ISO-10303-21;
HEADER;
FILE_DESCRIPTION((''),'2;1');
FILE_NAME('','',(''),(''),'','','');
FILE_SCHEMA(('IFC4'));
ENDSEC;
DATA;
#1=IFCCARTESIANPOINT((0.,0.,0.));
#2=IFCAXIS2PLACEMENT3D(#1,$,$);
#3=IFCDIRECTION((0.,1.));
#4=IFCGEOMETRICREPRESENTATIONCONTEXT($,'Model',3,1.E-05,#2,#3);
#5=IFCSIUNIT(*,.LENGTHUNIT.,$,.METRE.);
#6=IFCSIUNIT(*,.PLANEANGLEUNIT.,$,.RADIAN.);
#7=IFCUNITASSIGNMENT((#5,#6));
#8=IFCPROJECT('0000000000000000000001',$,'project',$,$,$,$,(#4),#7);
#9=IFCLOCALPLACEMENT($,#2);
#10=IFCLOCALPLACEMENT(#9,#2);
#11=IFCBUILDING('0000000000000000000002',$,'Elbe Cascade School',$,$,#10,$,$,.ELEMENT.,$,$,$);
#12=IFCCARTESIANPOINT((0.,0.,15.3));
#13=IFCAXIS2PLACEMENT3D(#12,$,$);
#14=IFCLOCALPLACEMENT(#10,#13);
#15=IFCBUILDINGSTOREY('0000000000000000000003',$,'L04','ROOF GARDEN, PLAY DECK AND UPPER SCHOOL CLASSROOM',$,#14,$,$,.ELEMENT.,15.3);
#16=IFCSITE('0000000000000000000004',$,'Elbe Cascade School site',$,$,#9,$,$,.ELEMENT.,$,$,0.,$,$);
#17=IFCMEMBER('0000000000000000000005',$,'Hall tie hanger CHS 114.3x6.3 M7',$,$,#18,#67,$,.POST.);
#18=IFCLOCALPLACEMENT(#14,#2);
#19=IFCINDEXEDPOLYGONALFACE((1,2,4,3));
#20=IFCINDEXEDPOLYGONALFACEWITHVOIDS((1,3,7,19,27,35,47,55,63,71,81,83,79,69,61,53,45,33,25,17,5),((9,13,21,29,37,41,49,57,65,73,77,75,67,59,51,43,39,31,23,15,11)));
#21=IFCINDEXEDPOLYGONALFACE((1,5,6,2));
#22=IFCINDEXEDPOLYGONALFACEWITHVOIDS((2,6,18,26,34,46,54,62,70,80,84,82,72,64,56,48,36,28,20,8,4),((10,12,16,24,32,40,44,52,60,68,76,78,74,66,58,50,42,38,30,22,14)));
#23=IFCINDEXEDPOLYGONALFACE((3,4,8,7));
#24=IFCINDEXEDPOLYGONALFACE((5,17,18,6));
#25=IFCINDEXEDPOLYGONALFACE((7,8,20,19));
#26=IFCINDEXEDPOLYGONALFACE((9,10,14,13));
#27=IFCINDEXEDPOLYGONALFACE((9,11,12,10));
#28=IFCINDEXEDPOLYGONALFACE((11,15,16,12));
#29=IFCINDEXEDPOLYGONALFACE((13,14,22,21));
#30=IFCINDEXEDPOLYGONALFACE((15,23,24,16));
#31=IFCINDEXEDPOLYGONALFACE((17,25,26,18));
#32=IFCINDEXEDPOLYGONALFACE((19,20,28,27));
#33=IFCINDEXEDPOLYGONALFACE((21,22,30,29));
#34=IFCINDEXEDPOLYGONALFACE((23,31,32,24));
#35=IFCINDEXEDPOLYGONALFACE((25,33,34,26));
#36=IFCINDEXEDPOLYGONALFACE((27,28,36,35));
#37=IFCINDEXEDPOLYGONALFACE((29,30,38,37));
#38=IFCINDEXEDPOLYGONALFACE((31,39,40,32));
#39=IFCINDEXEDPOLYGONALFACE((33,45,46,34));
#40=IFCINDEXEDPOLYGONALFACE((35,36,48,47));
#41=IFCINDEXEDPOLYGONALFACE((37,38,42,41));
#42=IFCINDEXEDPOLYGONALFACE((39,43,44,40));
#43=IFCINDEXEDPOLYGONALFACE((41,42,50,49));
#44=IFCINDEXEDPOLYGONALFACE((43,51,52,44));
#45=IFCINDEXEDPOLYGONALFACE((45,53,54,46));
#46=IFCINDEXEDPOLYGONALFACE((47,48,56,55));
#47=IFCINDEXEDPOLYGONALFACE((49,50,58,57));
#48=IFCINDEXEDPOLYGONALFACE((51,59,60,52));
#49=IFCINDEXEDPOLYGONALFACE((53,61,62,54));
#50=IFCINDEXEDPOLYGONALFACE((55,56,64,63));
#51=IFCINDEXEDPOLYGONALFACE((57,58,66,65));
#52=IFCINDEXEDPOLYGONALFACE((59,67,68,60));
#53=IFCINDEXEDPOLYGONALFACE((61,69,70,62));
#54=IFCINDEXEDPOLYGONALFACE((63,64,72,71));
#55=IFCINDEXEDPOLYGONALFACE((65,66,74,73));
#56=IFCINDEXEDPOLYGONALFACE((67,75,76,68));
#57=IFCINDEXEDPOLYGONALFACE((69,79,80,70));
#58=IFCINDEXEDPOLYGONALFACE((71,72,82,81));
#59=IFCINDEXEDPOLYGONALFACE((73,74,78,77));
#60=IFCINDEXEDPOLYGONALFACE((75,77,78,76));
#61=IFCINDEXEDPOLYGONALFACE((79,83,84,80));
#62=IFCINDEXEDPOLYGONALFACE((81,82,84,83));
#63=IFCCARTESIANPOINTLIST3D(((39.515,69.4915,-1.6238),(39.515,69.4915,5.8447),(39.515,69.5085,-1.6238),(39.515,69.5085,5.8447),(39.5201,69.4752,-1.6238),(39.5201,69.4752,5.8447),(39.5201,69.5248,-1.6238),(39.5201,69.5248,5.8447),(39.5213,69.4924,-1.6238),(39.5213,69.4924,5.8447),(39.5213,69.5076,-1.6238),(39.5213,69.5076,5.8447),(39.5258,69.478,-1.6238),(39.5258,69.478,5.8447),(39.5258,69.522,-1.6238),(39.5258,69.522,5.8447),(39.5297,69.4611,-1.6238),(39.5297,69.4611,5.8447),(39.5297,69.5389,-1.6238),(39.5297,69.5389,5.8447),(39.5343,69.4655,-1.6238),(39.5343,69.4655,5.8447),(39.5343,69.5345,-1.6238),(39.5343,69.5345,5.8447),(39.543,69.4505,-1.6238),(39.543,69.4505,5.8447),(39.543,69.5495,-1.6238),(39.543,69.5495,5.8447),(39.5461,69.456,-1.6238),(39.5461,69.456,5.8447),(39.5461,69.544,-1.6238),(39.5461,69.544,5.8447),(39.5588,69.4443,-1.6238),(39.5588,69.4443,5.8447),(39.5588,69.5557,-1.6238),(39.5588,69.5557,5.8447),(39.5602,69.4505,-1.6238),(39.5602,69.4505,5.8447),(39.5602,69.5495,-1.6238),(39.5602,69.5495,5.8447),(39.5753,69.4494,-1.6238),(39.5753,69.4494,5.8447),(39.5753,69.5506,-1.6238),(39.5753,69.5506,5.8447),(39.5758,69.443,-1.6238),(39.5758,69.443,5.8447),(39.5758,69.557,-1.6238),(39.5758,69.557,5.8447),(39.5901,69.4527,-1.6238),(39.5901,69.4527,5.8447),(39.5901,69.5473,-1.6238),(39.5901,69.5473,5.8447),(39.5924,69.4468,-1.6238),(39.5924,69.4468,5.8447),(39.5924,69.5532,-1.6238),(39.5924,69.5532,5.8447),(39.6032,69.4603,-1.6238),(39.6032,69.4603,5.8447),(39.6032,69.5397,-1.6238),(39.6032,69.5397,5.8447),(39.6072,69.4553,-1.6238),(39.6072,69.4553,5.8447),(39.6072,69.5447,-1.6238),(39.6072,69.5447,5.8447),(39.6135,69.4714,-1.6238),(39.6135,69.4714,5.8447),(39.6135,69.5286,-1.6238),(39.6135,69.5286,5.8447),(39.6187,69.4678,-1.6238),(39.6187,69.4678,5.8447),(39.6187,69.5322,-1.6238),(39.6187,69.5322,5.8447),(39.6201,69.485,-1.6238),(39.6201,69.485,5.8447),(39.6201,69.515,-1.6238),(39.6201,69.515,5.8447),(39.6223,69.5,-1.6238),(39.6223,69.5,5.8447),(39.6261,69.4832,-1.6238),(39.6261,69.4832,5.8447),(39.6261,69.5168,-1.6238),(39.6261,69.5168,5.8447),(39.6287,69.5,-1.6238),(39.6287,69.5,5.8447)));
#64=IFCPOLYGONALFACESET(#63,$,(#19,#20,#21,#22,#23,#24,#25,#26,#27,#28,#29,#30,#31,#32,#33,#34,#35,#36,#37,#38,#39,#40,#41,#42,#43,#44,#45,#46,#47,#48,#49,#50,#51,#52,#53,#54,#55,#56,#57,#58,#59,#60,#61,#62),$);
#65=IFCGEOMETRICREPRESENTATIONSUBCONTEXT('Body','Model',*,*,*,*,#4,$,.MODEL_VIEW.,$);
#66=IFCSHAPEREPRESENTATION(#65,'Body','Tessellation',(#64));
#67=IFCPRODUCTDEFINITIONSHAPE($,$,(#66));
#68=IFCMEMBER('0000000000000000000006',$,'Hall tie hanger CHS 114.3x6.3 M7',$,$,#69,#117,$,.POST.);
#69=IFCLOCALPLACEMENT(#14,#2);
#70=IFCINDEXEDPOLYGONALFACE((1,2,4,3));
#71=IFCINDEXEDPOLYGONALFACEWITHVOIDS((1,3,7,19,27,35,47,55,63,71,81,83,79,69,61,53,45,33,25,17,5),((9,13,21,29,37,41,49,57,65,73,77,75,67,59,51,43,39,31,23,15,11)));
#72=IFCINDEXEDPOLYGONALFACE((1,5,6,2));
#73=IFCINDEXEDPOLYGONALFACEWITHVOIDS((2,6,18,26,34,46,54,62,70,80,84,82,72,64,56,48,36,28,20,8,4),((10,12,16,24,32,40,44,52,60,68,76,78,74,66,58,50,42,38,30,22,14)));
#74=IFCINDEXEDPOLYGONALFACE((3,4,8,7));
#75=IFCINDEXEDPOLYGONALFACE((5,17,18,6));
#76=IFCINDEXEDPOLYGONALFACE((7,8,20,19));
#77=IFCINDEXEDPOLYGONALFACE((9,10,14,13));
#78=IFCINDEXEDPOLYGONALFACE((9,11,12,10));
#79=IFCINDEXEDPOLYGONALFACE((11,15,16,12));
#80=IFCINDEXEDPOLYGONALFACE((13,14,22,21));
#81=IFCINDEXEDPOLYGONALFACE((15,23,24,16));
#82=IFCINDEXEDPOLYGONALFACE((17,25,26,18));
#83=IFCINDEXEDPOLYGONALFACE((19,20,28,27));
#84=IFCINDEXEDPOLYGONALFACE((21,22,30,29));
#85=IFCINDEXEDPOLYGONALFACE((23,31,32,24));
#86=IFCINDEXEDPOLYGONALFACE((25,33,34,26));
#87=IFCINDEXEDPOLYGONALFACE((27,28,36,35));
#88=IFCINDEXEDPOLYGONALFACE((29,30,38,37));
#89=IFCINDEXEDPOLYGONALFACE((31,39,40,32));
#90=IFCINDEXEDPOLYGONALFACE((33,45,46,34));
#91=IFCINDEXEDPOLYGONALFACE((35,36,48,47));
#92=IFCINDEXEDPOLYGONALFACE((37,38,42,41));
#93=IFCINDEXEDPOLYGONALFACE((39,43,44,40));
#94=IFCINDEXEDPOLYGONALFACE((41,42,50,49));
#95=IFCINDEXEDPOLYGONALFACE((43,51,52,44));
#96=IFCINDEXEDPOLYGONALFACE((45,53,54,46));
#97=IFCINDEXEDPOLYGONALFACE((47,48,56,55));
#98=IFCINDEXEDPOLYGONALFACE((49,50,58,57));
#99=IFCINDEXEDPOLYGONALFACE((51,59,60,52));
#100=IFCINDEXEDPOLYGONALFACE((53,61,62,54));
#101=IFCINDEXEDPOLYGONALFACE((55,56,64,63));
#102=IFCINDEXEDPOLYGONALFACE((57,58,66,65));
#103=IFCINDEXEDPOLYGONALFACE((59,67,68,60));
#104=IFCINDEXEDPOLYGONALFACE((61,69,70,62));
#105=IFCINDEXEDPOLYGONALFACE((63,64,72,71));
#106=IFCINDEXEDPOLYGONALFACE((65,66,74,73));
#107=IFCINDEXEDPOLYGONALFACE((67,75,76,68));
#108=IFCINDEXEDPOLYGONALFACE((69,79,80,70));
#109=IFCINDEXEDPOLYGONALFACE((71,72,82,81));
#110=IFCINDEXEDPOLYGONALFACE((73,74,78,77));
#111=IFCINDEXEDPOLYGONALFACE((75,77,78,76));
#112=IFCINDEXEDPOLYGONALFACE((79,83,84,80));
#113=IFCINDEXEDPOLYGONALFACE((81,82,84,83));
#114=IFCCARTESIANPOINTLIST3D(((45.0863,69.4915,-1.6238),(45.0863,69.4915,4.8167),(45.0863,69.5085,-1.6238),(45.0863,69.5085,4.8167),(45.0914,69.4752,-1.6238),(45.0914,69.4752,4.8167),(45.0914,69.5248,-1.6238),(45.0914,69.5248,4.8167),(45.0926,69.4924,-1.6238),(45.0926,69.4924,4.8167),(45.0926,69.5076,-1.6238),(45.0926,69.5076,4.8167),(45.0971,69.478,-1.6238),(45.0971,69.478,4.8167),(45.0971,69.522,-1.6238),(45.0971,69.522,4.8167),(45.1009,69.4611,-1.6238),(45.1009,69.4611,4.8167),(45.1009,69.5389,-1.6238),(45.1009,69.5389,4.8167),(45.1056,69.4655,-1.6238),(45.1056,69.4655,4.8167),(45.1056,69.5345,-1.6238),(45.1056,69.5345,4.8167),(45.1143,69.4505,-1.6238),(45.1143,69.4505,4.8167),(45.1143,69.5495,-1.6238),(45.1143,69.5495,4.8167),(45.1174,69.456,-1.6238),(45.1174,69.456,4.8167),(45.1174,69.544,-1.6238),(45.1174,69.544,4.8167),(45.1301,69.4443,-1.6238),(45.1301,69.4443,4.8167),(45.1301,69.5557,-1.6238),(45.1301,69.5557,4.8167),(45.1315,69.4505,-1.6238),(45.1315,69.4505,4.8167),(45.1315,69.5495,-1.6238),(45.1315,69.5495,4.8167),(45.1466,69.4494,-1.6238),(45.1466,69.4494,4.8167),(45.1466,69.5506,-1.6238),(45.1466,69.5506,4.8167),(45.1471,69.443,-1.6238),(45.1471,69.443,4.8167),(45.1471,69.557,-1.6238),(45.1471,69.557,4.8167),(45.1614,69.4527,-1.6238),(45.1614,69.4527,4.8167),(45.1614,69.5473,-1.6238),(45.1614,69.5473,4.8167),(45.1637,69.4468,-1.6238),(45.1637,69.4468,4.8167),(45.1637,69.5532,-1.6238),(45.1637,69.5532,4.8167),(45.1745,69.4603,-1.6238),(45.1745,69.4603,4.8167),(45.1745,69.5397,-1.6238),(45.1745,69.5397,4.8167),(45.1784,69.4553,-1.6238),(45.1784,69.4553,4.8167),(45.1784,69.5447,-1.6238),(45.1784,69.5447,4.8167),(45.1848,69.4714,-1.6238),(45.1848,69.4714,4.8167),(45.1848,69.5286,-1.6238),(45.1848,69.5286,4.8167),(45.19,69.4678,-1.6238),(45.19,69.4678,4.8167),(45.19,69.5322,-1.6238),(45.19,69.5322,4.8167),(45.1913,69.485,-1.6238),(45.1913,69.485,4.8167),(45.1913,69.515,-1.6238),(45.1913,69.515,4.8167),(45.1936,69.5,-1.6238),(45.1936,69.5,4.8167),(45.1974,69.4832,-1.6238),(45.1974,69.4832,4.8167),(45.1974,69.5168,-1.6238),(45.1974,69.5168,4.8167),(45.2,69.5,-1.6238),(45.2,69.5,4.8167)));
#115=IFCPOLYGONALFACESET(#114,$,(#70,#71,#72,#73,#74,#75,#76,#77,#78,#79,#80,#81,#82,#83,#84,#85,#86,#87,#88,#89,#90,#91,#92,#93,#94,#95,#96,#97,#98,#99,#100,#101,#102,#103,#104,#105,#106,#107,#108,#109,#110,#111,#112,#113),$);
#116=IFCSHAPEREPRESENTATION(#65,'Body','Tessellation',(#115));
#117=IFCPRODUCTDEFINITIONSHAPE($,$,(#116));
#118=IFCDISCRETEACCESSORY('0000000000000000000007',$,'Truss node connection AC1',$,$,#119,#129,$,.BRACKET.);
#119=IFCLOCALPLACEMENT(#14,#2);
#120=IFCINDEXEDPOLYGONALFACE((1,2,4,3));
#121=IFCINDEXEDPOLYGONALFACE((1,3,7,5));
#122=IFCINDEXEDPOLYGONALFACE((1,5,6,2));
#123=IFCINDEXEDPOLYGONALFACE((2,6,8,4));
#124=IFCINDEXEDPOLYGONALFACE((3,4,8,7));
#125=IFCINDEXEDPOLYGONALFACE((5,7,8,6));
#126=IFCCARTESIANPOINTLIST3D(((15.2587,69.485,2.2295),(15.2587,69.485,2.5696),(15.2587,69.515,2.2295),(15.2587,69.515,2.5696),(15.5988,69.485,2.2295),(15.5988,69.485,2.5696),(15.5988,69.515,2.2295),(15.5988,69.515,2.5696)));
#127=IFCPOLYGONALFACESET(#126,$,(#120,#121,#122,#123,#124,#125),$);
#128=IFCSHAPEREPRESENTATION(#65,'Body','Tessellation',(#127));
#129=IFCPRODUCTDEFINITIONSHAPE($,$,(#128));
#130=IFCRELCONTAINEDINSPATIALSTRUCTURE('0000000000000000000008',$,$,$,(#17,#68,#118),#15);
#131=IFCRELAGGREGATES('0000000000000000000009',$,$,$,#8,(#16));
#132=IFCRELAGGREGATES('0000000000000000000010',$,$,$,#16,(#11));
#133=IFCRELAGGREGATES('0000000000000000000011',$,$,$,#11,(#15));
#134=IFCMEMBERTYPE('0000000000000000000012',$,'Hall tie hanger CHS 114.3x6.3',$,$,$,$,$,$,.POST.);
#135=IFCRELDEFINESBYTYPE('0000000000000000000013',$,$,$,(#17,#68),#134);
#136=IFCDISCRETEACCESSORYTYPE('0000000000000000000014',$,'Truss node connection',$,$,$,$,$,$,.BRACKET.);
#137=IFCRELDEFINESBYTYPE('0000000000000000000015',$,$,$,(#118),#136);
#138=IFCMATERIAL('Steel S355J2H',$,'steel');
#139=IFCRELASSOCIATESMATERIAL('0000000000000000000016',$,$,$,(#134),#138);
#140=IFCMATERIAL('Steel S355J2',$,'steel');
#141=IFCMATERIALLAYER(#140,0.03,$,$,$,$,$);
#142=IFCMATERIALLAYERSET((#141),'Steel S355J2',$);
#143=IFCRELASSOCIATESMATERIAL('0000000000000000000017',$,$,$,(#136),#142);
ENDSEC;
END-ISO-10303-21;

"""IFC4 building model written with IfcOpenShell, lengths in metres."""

from ifc_helpers import new_model, si_unit, direction, frame, origin, origin_2d, place, context, subcontext, project, spatial, rectangle, hollow_circle, extrude, material, layer, layer_set, material_profile, profile_set, type_object, element, save


model = new_model("IFC4")

# Units and contexts
model_context = context("Model", 3, precision=1e-05, world=origin(), true_north=direction((0.0, 1.0)))
body_context = subcontext(model_context, "Body", "Model", "MODEL_VIEW")
ifc_project = project(units=[si_unit("LENGTHUNIT", "METRE"), si_unit("PLANEANGLEUNIT", "RADIAN")], contexts=[model_context])

# Site, building, storey
site_placement = place(None, origin())
site = spatial("IfcSite", under=ifc_project, at=site_placement, Name="Elbe Cascade School site", CompositionType="ELEMENT", RefElevation=0.0)
building_placement = place(site_placement, origin())
building = spatial("IfcBuilding", under=site, at=building_placement, Name="Elbe Cascade School", CompositionType="ELEMENT")
storey_placement = place(building_placement, frame((0.0, 0.0, 15.3)))
storey = spatial("IfcBuildingStorey", under=building, at=storey_placement, Name="L04", Description="ROOF GARDEN, PLAY DECK AND UPPER SCHOOL CLASSROOM", CompositionType="ELEMENT", Elevation=15.3)

# Members
ifc_material_1 = material(Name="Steel S355J2H", Category="steel")
ifc_material_profile_1 = material_profile(ifc_material_1, hollow_circle(Radius=0.0571, WallThickness=0.0063, at=origin_2d()), Name="CHS 114.3x6.3")
ifc_profile_set_1 = profile_set([ifc_material_profile_1], Name="Steel S355J2H")
member_type_1 = type_object("IfcMemberType", Name="Hall tie hanger CHS 114.3x6.3", PredefinedType="POST", material=ifc_profile_set_1)
member_1_placement = place(storey_placement, frame((39.5715, 69.5, -1.6238), z_axis=(0.0, 0.0, 1.0), x_axis=(1.0, 0.0, 0.0)))
element("IfcMember", 1, at=member_1_placement, inside=storey, type_object=member_type_1, Name="Hall tie hanger CHS 114.3x6.3 M7", PredefinedType="POST", context=body_context, shape_type="SweptSolid", body=[
    extrude(hollow_circle(Radius=0.0571, WallThickness=0.0063, at=origin_2d()), origin(), (0.0, 0.0, 1.0), 7.4685),
])
member_2_placement = place(storey_placement, frame((45.1428, 69.5, -1.6238), z_axis=(0.0, 0.0, 1.0), x_axis=(1.0, 0.0, 0.0)))
element("IfcMember", 2, at=member_2_placement, inside=storey, type_object=member_type_1, Name="Hall tie hanger CHS 114.3x6.3 M7", PredefinedType="POST", context=body_context, shape_type="SweptSolid", body=[
    extrude(hollow_circle(Radius=0.0571, WallThickness=0.0063, at=origin_2d()), origin(), (0.0, 0.0, 1.0), 6.4404),
])

# Discrete accessory
ifc_material_2 = material(Name="Steel S355J2", Category="steel")
ifc_layer = layer(ifc_material_2, 0.03)
ifc_layer_set = layer_set([ifc_layer], Name="Steel S355J2")
discrete_accessory_type = type_object("IfcDiscreteAccessoryType", Name="Truss node connection", PredefinedType="BRACKET", material=ifc_layer_set)
discrete_accessory_placement = place(storey_placement, frame((15.4287, 69.5, 2.2295), z_axis=(0.0, 0.0, 1.0), x_axis=(1.0, 0.0, 0.0)))
element("IfcDiscreteAccessory", 3, at=discrete_accessory_placement, inside=storey, type_object=discrete_accessory_type, Name="Truss node connection AC1", PredefinedType="BRACKET", context=body_context, shape_type="SweptSolid", body=[
    extrude(rectangle(XDim=0.3401, YDim=0.03, at=origin_2d()), origin(), (0.0, 0.0, 1.0), 0.3401),
])

save(model, "model.ifc")
